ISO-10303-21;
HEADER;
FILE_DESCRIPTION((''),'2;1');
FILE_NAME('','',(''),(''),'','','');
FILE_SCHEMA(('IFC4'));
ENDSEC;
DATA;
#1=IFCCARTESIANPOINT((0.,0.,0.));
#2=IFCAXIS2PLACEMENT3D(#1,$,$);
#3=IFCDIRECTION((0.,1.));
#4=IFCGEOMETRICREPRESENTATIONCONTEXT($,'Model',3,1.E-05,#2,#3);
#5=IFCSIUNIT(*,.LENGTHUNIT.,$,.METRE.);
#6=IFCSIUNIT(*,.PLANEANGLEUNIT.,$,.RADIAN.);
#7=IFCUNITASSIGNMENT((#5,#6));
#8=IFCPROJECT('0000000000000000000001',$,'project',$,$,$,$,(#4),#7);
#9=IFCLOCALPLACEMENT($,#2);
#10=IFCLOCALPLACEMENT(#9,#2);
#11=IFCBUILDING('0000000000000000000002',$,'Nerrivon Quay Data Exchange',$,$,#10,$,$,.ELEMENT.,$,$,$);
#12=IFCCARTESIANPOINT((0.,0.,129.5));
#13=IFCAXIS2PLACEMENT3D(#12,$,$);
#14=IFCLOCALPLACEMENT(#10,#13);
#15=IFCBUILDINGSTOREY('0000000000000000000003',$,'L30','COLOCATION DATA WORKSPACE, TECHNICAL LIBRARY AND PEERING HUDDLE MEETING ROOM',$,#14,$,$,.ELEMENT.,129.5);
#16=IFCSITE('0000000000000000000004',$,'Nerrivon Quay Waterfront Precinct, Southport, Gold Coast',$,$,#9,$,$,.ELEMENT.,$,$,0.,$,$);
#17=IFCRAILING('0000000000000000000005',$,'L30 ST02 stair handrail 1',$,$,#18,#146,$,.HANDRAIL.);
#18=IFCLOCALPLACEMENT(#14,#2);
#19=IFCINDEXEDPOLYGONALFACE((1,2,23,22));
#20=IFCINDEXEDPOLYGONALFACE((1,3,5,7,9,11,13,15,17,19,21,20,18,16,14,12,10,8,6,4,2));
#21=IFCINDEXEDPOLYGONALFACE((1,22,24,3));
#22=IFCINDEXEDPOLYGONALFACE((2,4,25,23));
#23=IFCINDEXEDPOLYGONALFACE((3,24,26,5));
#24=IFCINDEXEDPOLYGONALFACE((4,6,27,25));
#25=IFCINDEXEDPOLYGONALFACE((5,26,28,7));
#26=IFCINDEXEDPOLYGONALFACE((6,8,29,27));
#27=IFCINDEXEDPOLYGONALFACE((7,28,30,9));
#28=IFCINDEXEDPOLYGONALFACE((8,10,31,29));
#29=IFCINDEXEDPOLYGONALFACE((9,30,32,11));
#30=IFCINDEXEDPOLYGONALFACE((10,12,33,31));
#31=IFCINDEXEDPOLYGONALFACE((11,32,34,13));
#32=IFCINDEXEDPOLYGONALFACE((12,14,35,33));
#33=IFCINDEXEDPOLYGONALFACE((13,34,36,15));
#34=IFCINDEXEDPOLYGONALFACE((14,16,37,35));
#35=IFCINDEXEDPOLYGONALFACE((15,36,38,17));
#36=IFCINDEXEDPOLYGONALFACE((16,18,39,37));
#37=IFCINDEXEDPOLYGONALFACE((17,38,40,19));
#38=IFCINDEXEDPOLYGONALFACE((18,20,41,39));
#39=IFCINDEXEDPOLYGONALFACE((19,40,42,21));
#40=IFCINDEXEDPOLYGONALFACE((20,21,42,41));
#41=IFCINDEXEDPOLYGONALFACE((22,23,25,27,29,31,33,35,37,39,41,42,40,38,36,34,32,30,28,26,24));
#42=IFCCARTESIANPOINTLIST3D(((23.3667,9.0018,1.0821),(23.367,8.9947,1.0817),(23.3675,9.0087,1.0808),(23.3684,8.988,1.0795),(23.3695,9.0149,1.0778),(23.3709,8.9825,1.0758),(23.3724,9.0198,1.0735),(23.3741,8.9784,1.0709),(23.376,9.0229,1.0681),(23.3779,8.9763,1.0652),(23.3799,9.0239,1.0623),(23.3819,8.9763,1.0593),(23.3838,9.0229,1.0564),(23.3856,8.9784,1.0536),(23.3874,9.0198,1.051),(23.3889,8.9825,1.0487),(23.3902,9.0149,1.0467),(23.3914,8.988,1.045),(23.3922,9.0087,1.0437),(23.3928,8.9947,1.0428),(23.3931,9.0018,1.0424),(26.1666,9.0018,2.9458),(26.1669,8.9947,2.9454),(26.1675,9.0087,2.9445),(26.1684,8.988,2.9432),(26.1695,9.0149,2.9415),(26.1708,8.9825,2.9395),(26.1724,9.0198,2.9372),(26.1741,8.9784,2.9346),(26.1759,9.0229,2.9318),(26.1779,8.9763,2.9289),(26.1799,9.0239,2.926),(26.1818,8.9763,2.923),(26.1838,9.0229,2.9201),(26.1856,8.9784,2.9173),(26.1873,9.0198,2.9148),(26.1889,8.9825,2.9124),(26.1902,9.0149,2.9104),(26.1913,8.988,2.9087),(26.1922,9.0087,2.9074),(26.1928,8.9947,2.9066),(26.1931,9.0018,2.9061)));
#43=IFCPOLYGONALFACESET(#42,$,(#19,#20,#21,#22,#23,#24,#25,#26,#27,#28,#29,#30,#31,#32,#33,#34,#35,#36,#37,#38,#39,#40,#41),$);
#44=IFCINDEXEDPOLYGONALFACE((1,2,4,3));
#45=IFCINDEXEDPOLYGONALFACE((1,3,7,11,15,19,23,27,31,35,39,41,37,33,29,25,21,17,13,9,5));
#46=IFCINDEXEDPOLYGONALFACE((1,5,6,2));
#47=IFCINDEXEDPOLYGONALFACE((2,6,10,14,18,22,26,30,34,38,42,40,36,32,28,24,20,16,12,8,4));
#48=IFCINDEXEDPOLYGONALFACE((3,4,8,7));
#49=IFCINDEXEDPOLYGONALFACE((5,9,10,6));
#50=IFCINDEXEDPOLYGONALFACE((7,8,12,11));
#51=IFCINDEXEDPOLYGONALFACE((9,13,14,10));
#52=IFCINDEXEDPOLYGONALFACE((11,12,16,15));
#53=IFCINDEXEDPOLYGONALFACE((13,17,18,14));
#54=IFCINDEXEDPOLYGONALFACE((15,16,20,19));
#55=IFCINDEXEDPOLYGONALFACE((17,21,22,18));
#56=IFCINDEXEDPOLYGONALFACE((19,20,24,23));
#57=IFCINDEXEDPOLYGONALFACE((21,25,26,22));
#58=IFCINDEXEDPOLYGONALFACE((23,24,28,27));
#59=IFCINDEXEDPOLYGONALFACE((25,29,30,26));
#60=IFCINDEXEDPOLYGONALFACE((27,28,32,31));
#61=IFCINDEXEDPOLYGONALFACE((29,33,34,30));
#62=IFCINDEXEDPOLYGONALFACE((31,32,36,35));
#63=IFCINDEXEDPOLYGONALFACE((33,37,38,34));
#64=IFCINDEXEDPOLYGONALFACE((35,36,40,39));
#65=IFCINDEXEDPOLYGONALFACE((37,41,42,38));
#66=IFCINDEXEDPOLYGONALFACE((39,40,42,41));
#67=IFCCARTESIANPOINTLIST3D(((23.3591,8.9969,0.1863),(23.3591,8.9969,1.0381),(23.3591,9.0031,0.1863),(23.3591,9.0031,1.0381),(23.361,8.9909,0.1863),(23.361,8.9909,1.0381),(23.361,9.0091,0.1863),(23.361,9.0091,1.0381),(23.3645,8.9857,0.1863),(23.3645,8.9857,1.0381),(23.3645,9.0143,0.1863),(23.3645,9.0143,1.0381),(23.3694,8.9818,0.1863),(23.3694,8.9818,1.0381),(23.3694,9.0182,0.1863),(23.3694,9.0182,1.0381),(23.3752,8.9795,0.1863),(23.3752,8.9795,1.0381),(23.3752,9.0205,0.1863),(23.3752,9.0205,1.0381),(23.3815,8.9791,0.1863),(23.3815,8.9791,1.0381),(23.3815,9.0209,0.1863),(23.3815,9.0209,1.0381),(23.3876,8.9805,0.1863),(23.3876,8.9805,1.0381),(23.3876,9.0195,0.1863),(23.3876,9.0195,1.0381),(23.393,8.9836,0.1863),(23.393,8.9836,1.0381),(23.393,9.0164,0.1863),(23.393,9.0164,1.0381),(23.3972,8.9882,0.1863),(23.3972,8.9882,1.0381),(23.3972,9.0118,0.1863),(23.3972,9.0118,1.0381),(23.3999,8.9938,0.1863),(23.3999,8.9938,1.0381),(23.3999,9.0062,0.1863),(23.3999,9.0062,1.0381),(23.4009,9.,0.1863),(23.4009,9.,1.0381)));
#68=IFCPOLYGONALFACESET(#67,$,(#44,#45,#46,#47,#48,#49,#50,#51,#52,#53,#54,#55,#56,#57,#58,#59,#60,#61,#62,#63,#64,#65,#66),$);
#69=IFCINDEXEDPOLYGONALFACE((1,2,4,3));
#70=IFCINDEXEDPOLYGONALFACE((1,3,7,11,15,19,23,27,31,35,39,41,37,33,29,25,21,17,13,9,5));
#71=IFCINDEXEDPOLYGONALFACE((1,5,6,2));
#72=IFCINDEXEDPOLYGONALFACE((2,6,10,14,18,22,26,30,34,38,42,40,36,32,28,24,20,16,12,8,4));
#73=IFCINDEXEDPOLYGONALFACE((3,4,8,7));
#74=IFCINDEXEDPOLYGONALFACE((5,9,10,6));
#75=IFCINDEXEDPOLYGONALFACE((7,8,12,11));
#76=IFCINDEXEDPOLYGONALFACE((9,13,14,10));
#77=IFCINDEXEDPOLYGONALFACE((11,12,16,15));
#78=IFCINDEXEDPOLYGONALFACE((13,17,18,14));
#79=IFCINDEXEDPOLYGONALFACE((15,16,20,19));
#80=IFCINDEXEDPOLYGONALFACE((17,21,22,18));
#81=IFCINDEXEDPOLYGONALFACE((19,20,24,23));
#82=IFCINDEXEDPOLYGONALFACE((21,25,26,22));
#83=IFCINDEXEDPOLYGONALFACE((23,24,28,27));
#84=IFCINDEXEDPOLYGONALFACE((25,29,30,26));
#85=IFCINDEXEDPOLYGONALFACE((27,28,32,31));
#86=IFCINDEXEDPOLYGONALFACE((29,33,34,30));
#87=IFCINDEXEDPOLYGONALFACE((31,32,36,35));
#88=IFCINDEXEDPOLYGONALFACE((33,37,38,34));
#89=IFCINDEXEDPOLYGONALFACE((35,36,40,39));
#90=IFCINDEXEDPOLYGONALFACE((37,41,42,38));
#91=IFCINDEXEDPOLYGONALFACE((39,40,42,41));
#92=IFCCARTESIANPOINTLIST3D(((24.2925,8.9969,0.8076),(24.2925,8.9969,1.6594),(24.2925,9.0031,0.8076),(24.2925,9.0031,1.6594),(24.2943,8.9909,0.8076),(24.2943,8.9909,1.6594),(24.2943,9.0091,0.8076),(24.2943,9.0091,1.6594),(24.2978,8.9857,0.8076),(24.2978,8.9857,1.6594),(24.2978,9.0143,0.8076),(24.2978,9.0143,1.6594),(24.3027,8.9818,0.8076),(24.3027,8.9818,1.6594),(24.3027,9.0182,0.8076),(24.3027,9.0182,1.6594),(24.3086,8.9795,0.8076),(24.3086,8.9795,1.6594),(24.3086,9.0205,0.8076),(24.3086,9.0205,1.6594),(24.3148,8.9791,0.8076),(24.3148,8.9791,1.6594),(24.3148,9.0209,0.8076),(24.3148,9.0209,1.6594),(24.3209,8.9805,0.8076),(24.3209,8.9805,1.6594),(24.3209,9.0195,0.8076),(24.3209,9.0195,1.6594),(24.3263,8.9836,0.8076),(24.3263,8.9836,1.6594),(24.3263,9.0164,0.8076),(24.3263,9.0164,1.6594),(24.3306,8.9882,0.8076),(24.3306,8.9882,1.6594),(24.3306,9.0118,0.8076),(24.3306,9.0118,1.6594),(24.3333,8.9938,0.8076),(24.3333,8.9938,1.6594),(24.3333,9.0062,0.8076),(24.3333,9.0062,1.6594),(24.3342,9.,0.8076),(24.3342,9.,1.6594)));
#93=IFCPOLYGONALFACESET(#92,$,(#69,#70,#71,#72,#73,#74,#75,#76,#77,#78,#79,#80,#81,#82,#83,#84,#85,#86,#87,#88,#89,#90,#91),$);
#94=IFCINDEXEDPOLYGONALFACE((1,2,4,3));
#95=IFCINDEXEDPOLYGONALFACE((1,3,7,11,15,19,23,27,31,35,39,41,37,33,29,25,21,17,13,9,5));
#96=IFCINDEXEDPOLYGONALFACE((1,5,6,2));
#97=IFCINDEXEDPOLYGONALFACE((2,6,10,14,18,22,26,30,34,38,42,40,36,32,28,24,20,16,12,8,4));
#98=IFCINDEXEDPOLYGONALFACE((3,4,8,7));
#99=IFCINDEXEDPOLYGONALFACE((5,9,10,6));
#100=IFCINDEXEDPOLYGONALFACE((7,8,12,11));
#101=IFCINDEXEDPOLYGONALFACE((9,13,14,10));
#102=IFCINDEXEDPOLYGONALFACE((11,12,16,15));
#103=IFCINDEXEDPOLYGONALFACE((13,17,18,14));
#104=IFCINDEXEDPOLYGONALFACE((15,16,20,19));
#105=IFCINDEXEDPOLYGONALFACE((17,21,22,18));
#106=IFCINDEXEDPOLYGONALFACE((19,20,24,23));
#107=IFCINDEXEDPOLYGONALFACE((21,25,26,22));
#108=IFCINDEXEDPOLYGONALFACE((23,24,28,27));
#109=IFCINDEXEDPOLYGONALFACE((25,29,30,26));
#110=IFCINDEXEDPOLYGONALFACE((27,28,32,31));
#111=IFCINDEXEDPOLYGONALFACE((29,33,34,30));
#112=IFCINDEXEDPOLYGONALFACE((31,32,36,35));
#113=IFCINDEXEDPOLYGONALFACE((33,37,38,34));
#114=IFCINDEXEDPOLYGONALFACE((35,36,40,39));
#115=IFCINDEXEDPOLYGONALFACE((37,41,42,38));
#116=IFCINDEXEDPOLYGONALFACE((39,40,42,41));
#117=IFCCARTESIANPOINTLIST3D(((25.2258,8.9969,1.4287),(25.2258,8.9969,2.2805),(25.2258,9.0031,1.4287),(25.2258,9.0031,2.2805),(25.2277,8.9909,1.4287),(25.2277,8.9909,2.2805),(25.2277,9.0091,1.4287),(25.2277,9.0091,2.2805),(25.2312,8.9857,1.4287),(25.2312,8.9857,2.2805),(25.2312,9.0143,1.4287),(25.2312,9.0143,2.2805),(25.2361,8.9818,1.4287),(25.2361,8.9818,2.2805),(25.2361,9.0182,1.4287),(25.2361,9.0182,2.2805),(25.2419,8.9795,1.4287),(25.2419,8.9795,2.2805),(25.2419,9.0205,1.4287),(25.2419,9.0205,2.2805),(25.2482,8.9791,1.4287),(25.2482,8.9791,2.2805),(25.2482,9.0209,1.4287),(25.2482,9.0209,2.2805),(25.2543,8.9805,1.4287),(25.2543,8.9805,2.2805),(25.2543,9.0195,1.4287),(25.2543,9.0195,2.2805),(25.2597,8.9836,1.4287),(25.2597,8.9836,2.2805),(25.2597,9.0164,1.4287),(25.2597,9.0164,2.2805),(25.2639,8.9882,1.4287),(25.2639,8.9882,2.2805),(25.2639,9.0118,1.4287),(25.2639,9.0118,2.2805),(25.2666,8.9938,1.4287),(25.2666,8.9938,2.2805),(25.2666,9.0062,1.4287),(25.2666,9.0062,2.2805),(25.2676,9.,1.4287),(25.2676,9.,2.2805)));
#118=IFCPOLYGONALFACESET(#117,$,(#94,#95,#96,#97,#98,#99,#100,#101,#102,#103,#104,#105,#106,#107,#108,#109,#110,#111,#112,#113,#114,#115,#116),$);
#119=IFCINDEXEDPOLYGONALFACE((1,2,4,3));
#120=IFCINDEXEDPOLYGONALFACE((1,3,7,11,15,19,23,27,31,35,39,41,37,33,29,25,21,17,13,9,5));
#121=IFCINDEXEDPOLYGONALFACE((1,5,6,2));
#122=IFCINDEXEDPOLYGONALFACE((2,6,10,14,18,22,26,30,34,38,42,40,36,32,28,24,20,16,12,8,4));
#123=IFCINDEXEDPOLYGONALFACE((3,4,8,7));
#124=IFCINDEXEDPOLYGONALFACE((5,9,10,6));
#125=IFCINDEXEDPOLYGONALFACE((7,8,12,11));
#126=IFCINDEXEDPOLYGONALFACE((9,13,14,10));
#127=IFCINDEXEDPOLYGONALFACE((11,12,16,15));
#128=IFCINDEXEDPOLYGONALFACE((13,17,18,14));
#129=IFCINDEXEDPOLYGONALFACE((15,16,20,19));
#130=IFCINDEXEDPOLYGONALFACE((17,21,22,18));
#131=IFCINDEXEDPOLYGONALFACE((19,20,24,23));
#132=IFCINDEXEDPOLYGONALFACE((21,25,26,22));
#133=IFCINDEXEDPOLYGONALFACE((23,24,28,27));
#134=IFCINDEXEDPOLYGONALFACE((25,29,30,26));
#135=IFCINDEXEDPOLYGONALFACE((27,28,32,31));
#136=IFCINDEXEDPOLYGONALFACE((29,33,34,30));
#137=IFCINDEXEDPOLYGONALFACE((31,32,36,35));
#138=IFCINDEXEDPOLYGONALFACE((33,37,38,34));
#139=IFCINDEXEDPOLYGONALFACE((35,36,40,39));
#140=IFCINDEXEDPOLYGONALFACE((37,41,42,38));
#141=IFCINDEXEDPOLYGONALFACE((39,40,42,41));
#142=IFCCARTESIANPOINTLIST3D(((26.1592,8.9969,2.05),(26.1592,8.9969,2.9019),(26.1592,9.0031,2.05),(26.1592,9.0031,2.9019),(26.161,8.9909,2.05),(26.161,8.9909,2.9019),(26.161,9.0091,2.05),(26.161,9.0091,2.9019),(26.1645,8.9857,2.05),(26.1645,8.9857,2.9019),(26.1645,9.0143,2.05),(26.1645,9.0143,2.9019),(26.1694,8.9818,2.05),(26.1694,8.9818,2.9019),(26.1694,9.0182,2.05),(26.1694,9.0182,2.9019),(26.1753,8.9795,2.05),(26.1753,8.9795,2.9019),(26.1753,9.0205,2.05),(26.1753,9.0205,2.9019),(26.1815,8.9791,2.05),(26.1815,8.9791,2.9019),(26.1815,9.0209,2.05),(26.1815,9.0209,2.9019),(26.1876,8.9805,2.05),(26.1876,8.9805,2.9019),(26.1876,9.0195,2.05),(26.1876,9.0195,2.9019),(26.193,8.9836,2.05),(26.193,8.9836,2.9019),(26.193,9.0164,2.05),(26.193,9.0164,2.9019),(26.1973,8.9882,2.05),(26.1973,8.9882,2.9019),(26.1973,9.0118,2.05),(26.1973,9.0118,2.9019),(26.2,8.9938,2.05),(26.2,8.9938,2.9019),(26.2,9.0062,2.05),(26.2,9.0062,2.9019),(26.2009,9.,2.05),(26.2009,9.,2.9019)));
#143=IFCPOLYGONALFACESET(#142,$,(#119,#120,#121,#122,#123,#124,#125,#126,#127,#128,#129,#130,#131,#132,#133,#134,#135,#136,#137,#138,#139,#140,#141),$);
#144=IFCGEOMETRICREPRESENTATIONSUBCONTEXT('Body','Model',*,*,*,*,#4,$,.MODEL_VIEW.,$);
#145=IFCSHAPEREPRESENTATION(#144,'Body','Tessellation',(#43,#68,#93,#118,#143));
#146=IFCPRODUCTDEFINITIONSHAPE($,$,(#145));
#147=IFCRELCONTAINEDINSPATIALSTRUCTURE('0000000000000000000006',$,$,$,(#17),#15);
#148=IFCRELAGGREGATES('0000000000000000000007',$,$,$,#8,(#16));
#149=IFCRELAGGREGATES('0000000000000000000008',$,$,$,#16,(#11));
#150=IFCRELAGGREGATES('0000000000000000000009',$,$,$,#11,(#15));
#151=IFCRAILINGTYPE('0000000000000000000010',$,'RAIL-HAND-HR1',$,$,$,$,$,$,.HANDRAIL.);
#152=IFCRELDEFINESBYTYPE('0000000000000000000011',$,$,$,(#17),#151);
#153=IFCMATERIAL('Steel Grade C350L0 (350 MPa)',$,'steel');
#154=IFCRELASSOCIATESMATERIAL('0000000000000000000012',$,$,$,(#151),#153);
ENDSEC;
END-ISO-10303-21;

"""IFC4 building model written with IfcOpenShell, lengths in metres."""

from ifc_helpers import new_model, si_unit, direction, frame, origin, origin_2d, place, context, subcontext, project, spatial, circle, extrude, material, type_object, element, save


model = new_model("IFC4")

# Units and contexts
model_context = context("Model", 3, precision=1e-05, world=origin(), true_north=direction((0.0, 1.0)))
body_context = subcontext(model_context, "Body", "Model", "MODEL_VIEW")
ifc_project = project(units=[si_unit("LENGTHUNIT", "METRE"), si_unit("PLANEANGLEUNIT", "RADIAN")], contexts=[model_context])

# Site, building, storey
site_placement = place(None, origin())
site = spatial("IfcSite", under=ifc_project, at=site_placement, Name="Nerrivon Quay Waterfront Precinct, Southport, Gold Coast", CompositionType="ELEMENT", RefElevation=0.0)
building_placement = place(site_placement, origin())
building = spatial("IfcBuilding", under=site, at=building_placement, Name="Nerrivon Quay Data Exchange", CompositionType="ELEMENT")
storey_placement = place(building_placement, frame((0.0, 0.0, 129.5)))
storey = spatial("IfcBuildingStorey", under=building, at=storey_placement, Name="L30", Description="COLOCATION DATA WORKSPACE, TECHNICAL LIBRARY AND PEERING HUDDLE MEETING ROOM", CompositionType="ELEMENT", Elevation=129.5)

# Railing
ifc_material_1 = material(Name="Steel Grade C350L0 (350 MPa)", Category="steel")
railing_type_1 = type_object("IfcRailingType", Name="RAIL-HAND-HR1", PredefinedType="HANDRAIL", material=ifc_material_1)
railing_1_placement = place(storey_placement, frame((23.3799, 9.0, 0.1863)))
element("IfcRailing", 1, at=railing_1_placement, inside=storey, type_object=railing_type_1, Name="L30 ST02 stair handrail 1", PredefinedType="HANDRAIL", context=body_context, shape_type="SweptSolid", body=[
    extrude(circle(Radius=0.0239, at=origin_2d()), frame((0.0, 0.0, 0.876), z_axis=(0.832452, 0.0, 0.554097), x_axis=(0.0, 1.0, 0.0)), (0.0, 0.0, 1.0), 3.3635),
    extrude(circle(Radius=0.021, at=origin_2d()), origin(), (0.0, 0.0, 1.0), 0.8518),
    extrude(circle(Radius=0.021, at=origin_2d()), frame((0.9333, 0.0, 0.6213)), (0.0, 0.0, 1.0), 0.8518),
    extrude(circle(Radius=0.021, at=origin_2d()), frame((1.8667, 0.0, 1.2424)), (0.0, 0.0, 1.0), 0.8518),
    extrude(circle(Radius=0.021, at=origin_2d()), frame((2.8, 0.0, 1.8638)), (0.0, 0.0, 1.0), 0.8518),
])

save(model, "model.ifc")
